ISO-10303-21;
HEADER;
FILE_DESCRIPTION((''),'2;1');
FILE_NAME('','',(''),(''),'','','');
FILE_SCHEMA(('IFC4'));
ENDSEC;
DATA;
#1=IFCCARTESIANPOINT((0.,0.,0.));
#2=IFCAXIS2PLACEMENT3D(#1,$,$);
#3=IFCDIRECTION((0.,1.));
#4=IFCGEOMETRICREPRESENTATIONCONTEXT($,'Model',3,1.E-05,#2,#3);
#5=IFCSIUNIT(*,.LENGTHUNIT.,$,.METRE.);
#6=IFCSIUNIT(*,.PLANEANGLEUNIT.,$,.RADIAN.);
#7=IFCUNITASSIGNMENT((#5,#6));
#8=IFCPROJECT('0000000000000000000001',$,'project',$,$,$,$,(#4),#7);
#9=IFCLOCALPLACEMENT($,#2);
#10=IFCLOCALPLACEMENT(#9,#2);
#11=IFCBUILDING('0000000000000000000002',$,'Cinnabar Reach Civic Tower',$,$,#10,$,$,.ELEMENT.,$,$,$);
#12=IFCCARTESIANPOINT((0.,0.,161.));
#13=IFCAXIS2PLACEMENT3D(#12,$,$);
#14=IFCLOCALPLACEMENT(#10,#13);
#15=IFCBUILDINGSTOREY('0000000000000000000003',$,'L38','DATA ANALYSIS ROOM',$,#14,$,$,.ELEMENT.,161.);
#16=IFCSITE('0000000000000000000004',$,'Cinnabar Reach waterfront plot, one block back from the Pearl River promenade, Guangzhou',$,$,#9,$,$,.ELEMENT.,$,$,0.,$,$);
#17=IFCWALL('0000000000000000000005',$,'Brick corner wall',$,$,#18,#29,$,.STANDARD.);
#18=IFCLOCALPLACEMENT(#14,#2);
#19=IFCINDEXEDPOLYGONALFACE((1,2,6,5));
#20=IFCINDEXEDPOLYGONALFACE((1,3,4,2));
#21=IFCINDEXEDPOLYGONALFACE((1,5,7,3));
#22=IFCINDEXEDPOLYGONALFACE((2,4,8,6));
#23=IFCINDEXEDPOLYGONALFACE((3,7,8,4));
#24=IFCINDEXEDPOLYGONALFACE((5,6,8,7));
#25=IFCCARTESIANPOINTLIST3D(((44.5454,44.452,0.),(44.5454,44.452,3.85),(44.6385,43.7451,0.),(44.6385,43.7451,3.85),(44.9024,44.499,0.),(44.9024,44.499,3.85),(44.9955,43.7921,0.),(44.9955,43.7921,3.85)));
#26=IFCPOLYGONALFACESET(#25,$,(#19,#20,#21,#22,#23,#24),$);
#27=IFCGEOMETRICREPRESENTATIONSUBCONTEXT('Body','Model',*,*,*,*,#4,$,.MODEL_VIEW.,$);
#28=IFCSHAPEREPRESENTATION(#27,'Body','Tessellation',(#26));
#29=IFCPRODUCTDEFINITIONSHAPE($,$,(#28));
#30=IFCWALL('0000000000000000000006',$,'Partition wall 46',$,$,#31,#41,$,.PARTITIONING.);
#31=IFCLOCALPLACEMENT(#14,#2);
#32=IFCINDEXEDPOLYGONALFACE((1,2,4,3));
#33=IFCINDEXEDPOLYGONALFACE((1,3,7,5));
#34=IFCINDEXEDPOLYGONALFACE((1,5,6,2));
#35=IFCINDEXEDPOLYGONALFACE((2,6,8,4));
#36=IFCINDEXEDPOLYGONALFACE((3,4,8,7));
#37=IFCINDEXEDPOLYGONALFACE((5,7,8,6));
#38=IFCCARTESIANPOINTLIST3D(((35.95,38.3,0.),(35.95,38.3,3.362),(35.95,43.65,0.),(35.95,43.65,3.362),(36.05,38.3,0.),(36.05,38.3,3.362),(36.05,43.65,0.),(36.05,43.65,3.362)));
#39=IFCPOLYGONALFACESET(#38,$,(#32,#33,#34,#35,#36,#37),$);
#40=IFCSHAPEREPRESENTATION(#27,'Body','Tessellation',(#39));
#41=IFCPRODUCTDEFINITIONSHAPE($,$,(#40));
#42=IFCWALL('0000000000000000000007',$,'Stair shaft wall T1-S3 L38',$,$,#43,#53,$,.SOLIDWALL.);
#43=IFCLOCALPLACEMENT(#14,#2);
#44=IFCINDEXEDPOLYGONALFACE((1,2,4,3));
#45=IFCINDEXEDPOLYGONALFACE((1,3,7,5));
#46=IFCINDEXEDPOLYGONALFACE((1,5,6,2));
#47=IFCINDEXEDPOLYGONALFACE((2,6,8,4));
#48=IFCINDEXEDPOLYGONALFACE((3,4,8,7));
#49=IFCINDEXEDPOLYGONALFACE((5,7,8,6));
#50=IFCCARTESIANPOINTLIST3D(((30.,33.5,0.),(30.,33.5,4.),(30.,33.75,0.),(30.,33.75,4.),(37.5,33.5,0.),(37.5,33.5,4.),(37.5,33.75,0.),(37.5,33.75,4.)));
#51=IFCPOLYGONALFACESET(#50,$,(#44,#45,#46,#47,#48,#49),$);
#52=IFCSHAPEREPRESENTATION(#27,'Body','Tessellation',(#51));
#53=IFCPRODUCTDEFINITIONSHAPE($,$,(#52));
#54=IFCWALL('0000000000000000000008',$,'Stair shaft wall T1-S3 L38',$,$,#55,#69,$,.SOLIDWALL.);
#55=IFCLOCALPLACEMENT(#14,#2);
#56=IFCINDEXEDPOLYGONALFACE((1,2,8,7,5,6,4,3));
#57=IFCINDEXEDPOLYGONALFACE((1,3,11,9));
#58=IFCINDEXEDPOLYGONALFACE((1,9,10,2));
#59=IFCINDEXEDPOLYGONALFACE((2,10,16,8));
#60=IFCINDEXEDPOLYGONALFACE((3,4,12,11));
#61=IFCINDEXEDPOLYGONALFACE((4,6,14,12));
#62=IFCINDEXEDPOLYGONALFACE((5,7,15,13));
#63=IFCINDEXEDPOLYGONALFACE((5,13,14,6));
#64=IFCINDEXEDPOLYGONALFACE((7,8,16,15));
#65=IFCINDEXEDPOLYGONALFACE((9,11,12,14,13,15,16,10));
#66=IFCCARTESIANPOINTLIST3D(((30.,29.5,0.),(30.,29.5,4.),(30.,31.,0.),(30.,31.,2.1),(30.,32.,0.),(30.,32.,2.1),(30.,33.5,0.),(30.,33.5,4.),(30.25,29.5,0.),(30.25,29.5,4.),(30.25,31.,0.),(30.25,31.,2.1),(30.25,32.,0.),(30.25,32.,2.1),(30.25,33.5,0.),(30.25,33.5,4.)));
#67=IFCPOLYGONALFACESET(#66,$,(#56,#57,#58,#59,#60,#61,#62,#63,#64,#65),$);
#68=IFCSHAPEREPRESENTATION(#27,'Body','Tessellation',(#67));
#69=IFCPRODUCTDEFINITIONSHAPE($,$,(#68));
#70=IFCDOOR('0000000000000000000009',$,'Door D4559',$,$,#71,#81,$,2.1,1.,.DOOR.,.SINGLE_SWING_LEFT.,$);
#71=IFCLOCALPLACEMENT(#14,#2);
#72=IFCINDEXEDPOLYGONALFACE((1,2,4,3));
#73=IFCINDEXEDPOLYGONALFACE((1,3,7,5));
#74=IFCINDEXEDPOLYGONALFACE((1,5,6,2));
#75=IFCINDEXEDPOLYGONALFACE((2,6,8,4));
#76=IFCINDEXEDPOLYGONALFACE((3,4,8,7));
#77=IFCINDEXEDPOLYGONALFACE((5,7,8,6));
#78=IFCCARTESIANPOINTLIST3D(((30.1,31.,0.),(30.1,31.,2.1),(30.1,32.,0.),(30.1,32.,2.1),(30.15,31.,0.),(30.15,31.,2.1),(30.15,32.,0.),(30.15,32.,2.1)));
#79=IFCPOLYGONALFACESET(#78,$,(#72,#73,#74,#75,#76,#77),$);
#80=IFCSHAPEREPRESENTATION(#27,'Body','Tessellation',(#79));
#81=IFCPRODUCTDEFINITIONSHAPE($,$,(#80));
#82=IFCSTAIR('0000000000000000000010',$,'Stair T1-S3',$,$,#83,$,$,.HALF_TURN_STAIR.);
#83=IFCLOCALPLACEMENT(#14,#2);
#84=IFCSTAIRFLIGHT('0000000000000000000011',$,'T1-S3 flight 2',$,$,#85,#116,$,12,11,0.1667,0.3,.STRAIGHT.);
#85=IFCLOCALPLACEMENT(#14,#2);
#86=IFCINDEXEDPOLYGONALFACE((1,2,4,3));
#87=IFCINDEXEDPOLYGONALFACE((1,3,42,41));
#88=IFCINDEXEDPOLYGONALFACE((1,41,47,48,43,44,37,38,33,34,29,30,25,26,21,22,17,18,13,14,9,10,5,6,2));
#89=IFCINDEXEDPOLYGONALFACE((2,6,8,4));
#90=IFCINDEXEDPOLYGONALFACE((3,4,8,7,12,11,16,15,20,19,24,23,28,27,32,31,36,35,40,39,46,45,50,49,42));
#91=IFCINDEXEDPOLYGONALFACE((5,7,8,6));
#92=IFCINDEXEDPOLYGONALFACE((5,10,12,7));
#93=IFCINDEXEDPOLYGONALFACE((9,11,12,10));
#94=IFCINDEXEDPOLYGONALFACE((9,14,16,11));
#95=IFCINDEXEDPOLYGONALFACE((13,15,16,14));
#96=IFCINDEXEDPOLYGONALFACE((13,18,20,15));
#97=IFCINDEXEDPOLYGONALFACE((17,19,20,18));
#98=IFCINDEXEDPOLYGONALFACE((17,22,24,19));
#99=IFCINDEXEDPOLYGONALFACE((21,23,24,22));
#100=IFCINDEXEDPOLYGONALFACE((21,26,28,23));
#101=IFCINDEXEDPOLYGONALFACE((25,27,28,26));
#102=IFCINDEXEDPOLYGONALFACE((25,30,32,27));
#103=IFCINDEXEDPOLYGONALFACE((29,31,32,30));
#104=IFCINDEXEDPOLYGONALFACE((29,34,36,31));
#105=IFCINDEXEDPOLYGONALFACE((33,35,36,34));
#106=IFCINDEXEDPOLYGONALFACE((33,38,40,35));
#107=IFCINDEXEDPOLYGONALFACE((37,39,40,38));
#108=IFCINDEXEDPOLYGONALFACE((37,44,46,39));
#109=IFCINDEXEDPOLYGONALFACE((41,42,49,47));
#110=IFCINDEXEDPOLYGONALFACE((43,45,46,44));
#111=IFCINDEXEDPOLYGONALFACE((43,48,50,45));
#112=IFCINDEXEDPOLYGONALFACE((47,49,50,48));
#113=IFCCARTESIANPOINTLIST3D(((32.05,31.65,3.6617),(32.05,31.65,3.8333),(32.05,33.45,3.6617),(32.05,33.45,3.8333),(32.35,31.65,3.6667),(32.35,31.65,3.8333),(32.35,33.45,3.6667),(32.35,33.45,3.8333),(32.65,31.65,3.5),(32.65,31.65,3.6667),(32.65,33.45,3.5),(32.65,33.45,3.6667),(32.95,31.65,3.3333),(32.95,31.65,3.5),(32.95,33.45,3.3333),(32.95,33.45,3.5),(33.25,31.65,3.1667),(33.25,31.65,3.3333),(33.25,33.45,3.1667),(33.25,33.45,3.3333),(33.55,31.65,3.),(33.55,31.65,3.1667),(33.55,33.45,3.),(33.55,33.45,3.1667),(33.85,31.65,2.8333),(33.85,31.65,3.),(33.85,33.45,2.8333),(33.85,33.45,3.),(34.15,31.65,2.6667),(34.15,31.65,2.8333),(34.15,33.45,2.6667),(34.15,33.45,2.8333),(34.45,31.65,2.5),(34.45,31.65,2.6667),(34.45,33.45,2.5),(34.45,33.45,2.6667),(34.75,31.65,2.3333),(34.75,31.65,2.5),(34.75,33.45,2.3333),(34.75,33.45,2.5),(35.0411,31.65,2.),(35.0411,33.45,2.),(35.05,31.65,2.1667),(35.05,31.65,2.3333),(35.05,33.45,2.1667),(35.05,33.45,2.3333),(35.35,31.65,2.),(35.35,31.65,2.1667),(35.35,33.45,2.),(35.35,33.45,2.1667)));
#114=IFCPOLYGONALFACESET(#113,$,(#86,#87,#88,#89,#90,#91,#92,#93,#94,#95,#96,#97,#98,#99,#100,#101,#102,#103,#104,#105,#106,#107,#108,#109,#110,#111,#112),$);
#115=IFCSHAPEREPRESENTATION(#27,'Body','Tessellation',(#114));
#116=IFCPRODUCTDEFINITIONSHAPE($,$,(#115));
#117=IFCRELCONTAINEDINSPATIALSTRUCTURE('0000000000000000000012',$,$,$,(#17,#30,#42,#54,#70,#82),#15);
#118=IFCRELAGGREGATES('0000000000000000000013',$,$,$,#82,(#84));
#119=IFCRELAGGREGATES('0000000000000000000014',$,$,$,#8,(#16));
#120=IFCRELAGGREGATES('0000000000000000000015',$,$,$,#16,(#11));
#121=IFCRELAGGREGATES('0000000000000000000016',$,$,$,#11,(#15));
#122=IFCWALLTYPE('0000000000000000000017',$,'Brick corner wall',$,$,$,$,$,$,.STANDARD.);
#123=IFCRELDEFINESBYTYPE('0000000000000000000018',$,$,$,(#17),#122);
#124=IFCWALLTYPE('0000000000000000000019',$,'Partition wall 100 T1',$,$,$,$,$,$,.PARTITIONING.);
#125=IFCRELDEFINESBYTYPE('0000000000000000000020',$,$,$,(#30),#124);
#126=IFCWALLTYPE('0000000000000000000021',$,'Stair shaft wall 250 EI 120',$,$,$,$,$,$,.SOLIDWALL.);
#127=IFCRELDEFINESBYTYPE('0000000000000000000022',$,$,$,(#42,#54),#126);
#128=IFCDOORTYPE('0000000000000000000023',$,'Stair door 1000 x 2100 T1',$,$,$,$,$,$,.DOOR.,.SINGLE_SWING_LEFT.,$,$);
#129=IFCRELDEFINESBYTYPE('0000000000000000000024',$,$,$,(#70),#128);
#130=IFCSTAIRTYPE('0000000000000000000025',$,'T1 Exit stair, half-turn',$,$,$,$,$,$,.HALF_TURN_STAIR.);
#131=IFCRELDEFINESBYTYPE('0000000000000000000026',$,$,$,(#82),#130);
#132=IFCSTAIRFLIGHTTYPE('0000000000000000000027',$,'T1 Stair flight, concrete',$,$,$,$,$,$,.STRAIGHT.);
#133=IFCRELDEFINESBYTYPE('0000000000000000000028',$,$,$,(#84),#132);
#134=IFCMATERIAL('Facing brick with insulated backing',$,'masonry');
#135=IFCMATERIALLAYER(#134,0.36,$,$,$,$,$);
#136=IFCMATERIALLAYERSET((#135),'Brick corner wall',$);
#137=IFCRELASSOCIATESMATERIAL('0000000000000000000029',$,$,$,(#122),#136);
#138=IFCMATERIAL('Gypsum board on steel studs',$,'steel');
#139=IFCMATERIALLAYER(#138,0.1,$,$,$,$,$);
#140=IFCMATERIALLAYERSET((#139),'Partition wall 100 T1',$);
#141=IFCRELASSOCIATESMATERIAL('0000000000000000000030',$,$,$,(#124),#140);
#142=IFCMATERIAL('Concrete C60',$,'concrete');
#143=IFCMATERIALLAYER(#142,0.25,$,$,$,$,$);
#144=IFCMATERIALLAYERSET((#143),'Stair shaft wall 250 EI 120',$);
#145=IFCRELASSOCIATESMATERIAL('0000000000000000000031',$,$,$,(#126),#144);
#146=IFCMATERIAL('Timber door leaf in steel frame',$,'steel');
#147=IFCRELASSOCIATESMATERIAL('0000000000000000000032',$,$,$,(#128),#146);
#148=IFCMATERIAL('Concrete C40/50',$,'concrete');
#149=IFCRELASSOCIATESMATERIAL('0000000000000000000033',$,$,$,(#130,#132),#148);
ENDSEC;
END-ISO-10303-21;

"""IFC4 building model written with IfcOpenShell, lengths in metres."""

from ifc_helpers import new_model, si_unit, direction, frame, frame_2d, origin, place, context, subcontext, project, spatial, polyline, rectangle, outline, extrude, material, layer, layer_set, type_object, element, fill, aggregate, save


model = new_model("IFC4")

# Units and contexts
model_context = context("Model", 3, precision=1e-05, world=origin(), true_north=direction((0.0, 1.0)))
body_context = subcontext(model_context, "Body", "Model", "MODEL_VIEW")
ifc_project = project(units=[si_unit("LENGTHUNIT", "METRE"), si_unit("PLANEANGLEUNIT", "RADIAN")], contexts=[model_context])

# Site, building, storey
site_placement = place(None, origin())
site = spatial("IfcSite", under=ifc_project, at=site_placement, Name="Cinnabar Reach waterfront plot, one block back from the Pearl River promenade, Guangzhou", CompositionType="ELEMENT", RefElevation=0.0)
building_placement = place(site_placement, origin())
building = spatial("IfcBuilding", under=site, at=building_placement, Name="Cinnabar Reach Civic Tower", CompositionType="ELEMENT")
storey_placement = place(building_placement, frame((0.0, 0.0, 161.0)))
storey = spatial("IfcBuildingStorey", under=building, at=storey_placement, Name="L38", Description="DATA ANALYSIS ROOM", CompositionType="ELEMENT", Elevation=161.0)

# Walls
ifc_material_1 = material(Name="Facing brick with insulated backing", Category="masonry")
ifc_layer_1 = layer(ifc_material_1, 0.36)
ifc_layer_set_1 = layer_set([ifc_layer_1], Name="Brick corner wall")
wall_type_1 = type_object("IfcWallType", Name="Brick corner wall", PredefinedType="STANDARD", material=ifc_layer_set_1)
wall_1_placement = place(storey_placement, frame((44.817, 43.7686, 0.0), z_axis=(0.0, 0.0, 1.0), x_axis=(-0.130556, 0.991441, 0.0)))
element("IfcWall", 1, at=wall_1_placement, inside=storey, type_object=wall_type_1, Name="Brick corner wall", PredefinedType="STANDARD", context=body_context, shape_type="SweptSolid", body=[
    extrude(rectangle(XDim=0.7131, YDim=0.36, at=frame_2d((0.3565, 0.0))), origin(), (0.0, 0.0, 1.0), 3.85),
])
ifc_material_2 = material(Name="Gypsum board on steel studs", Category="steel")
ifc_layer_2 = layer(ifc_material_2, 0.1)
ifc_layer_set_2 = layer_set([ifc_layer_2], Name="Partition wall 100 T1")
wall_type_2 = type_object("IfcWallType", Name="Partition wall 100 T1", PredefinedType="PARTITIONING", material=ifc_layer_set_2)
wall_2_placement = place(storey_placement, frame((36.0, 38.3, 0.0), z_axis=(0.0, 0.0, 1.0), x_axis=(0.0, 1.0, 0.0)))
element("IfcWall", 2, at=wall_2_placement, inside=storey, type_object=wall_type_2, Name="Partition wall 46", PredefinedType="PARTITIONING", context=body_context, shape_type="SweptSolid", body=[
    extrude(rectangle(XDim=5.35, YDim=0.1, at=frame_2d((2.675, 0.0))), origin(), (0.0, 0.0, 1.0), 3.362),
])
ifc_material_3 = material(Name="Concrete C60", Category="concrete")
ifc_layer_3 = layer(ifc_material_3, 0.25)
ifc_layer_set_3 = layer_set([ifc_layer_3], Name="Stair shaft wall 250 EI 120")
wall_type_3 = type_object("IfcWallType", Name="Stair shaft wall 250 EI 120", PredefinedType="SOLIDWALL", material=ifc_layer_set_3)
wall_3_placement = place(storey_placement, frame((37.5, 33.625, 0.0), z_axis=(0.0, 0.0, 1.0), x_axis=(-1.0, 0.0, 0.0)))
element("IfcWall", 3, at=wall_3_placement, inside=storey, type_object=wall_type_3, Name="Stair shaft wall T1-S3 L38", PredefinedType="SOLIDWALL", context=body_context, shape_type="SweptSolid", body=[
    extrude(rectangle(XDim=7.5, YDim=0.25, at=frame_2d((3.75, 0.0))), origin(), (0.0, 0.0, 1.0), 4.0),
])

# Wall, opening, door
wall_4_placement = place(storey_placement, frame((30.125, 33.5, 0.0), z_axis=(0.0, 0.0, 1.0), x_axis=(0.0, -1.0, 0.0)))
wall_4 = element("IfcWall", 4, at=wall_4_placement, inside=storey, type_object=wall_type_3, Name="Stair shaft wall T1-S3 L38", PredefinedType="SOLIDWALL", context=body_context, shape_type="SweptSolid", body=[
    extrude(rectangle(XDim=4.0, YDim=0.25, at=frame_2d((2.0, 0.0))), origin(), (0.0, 0.0, 1.0), 4.0),
])
opening_placement = place(wall_4_placement, frame((1.5, 0.0, 0.0)))
opening = element("IfcOpeningElement", 5, at=opening_placement, cuts=wall_4, PredefinedType="OPENING", context=body_context, shape_type="SweptSolid", body=[
    extrude(rectangle(XDim=1.0, YDim=2.1, at=frame_2d((0.5, 1.05))), frame((0.0, 0.135, 0.0), z_axis=(0.0, -1.0, 0.0), x_axis=(1.0, 0.0, 0.0)), (0.0, 0.0, 1.0), 0.27),
])
ifc_material_4 = material(Name="Timber door leaf in steel frame", Category="steel")
door_type = type_object("IfcDoorType", Name="Stair door 1000 x 2100 T1", OperationType="SINGLE_SWING_LEFT", PredefinedType="DOOR", material=ifc_material_4)
door_placement = place(opening_placement, origin())
door = element("IfcDoor", 6, at=door_placement, inside=storey, type_object=door_type, Name="Door D4559", OperationType="SINGLE_SWING_LEFT", OverallHeight=2.1, OverallWidth=1.0, PredefinedType="DOOR", context=body_context, shape_type="SweptSolid", body=[
    extrude(rectangle(XDim=1.0, YDim=2.1, at=frame_2d((0.5, 1.05))), frame((0.0, 0.025, 0.0), z_axis=(0.0, -1.0, 0.0), x_axis=(1.0, 0.0, 0.0)), (0.0, 0.0, 1.0), 0.05),
])
fill(opening, door)

# Stair, stair flight
ifc_material_5 = material(Name="Concrete C40/50", Category="concrete")
stair_type = type_object("IfcStairType", Name="T1 Exit stair, half-turn", PredefinedType="HALF_TURN_STAIR", material=ifc_material_5)
stair_placement = place(storey_placement, origin())
stair = element("IfcStair", 7, at=stair_placement, inside=storey, type_object=stair_type, Name="Stair T1-S3", PredefinedType="HALF_TURN_STAIR")
stair_flight_type = type_object("IfcStairFlightType", Name="T1 Stair flight, concrete", PredefinedType="STRAIGHT", material=ifc_material_5)
stair_flight_placement = place(storey_placement, frame((35.35, 32.55, 2.0), z_axis=(0.0, 0.0, 1.0), x_axis=(-1.0, 0.0, 0.0)))
stair_flight = element("IfcStairFlight", 8, at=stair_flight_placement, type_object=stair_flight_type, Name="T1-S3 flight 2", NumberOfRisers=12, NumberOfTreads=11, PredefinedType="STRAIGHT", RiserHeight=0.1667, TreadLength=0.3, context=body_context, shape_type="SweptSolid", body=[
    extrude(outline(polyline([(0.0, 0.0), (0.0, 0.1667), (0.3, 0.1667), (0.3, 0.3333), (0.6, 0.3333), (0.6, 0.5), (0.9, 0.5), (0.9, 0.6667), (1.2, 0.6667), (1.2, 0.8333), (1.5, 0.8333), (1.5, 1.0), (1.8, 1.0), (1.8, 1.1667), (2.1, 1.1667), (2.1, 1.3333), (2.4, 1.3333), (2.4, 1.5), (2.7, 1.5), (2.7, 1.6667), (3.0, 1.6667), (3.0, 1.8333), (3.3, 1.8333), (3.3, 2.0), (3.3, 1.6617), (0.3089, 0.0), (0.0, 0.0)])), frame((0.0, 0.9, 0.0), z_axis=(0.0, -1.0, 0.0), x_axis=(1.0, 0.0, 0.0)), (0.0, 0.0, 1.0), 1.8),
])
aggregate(stair, [stair_flight])

save(model, "model.ifc")
